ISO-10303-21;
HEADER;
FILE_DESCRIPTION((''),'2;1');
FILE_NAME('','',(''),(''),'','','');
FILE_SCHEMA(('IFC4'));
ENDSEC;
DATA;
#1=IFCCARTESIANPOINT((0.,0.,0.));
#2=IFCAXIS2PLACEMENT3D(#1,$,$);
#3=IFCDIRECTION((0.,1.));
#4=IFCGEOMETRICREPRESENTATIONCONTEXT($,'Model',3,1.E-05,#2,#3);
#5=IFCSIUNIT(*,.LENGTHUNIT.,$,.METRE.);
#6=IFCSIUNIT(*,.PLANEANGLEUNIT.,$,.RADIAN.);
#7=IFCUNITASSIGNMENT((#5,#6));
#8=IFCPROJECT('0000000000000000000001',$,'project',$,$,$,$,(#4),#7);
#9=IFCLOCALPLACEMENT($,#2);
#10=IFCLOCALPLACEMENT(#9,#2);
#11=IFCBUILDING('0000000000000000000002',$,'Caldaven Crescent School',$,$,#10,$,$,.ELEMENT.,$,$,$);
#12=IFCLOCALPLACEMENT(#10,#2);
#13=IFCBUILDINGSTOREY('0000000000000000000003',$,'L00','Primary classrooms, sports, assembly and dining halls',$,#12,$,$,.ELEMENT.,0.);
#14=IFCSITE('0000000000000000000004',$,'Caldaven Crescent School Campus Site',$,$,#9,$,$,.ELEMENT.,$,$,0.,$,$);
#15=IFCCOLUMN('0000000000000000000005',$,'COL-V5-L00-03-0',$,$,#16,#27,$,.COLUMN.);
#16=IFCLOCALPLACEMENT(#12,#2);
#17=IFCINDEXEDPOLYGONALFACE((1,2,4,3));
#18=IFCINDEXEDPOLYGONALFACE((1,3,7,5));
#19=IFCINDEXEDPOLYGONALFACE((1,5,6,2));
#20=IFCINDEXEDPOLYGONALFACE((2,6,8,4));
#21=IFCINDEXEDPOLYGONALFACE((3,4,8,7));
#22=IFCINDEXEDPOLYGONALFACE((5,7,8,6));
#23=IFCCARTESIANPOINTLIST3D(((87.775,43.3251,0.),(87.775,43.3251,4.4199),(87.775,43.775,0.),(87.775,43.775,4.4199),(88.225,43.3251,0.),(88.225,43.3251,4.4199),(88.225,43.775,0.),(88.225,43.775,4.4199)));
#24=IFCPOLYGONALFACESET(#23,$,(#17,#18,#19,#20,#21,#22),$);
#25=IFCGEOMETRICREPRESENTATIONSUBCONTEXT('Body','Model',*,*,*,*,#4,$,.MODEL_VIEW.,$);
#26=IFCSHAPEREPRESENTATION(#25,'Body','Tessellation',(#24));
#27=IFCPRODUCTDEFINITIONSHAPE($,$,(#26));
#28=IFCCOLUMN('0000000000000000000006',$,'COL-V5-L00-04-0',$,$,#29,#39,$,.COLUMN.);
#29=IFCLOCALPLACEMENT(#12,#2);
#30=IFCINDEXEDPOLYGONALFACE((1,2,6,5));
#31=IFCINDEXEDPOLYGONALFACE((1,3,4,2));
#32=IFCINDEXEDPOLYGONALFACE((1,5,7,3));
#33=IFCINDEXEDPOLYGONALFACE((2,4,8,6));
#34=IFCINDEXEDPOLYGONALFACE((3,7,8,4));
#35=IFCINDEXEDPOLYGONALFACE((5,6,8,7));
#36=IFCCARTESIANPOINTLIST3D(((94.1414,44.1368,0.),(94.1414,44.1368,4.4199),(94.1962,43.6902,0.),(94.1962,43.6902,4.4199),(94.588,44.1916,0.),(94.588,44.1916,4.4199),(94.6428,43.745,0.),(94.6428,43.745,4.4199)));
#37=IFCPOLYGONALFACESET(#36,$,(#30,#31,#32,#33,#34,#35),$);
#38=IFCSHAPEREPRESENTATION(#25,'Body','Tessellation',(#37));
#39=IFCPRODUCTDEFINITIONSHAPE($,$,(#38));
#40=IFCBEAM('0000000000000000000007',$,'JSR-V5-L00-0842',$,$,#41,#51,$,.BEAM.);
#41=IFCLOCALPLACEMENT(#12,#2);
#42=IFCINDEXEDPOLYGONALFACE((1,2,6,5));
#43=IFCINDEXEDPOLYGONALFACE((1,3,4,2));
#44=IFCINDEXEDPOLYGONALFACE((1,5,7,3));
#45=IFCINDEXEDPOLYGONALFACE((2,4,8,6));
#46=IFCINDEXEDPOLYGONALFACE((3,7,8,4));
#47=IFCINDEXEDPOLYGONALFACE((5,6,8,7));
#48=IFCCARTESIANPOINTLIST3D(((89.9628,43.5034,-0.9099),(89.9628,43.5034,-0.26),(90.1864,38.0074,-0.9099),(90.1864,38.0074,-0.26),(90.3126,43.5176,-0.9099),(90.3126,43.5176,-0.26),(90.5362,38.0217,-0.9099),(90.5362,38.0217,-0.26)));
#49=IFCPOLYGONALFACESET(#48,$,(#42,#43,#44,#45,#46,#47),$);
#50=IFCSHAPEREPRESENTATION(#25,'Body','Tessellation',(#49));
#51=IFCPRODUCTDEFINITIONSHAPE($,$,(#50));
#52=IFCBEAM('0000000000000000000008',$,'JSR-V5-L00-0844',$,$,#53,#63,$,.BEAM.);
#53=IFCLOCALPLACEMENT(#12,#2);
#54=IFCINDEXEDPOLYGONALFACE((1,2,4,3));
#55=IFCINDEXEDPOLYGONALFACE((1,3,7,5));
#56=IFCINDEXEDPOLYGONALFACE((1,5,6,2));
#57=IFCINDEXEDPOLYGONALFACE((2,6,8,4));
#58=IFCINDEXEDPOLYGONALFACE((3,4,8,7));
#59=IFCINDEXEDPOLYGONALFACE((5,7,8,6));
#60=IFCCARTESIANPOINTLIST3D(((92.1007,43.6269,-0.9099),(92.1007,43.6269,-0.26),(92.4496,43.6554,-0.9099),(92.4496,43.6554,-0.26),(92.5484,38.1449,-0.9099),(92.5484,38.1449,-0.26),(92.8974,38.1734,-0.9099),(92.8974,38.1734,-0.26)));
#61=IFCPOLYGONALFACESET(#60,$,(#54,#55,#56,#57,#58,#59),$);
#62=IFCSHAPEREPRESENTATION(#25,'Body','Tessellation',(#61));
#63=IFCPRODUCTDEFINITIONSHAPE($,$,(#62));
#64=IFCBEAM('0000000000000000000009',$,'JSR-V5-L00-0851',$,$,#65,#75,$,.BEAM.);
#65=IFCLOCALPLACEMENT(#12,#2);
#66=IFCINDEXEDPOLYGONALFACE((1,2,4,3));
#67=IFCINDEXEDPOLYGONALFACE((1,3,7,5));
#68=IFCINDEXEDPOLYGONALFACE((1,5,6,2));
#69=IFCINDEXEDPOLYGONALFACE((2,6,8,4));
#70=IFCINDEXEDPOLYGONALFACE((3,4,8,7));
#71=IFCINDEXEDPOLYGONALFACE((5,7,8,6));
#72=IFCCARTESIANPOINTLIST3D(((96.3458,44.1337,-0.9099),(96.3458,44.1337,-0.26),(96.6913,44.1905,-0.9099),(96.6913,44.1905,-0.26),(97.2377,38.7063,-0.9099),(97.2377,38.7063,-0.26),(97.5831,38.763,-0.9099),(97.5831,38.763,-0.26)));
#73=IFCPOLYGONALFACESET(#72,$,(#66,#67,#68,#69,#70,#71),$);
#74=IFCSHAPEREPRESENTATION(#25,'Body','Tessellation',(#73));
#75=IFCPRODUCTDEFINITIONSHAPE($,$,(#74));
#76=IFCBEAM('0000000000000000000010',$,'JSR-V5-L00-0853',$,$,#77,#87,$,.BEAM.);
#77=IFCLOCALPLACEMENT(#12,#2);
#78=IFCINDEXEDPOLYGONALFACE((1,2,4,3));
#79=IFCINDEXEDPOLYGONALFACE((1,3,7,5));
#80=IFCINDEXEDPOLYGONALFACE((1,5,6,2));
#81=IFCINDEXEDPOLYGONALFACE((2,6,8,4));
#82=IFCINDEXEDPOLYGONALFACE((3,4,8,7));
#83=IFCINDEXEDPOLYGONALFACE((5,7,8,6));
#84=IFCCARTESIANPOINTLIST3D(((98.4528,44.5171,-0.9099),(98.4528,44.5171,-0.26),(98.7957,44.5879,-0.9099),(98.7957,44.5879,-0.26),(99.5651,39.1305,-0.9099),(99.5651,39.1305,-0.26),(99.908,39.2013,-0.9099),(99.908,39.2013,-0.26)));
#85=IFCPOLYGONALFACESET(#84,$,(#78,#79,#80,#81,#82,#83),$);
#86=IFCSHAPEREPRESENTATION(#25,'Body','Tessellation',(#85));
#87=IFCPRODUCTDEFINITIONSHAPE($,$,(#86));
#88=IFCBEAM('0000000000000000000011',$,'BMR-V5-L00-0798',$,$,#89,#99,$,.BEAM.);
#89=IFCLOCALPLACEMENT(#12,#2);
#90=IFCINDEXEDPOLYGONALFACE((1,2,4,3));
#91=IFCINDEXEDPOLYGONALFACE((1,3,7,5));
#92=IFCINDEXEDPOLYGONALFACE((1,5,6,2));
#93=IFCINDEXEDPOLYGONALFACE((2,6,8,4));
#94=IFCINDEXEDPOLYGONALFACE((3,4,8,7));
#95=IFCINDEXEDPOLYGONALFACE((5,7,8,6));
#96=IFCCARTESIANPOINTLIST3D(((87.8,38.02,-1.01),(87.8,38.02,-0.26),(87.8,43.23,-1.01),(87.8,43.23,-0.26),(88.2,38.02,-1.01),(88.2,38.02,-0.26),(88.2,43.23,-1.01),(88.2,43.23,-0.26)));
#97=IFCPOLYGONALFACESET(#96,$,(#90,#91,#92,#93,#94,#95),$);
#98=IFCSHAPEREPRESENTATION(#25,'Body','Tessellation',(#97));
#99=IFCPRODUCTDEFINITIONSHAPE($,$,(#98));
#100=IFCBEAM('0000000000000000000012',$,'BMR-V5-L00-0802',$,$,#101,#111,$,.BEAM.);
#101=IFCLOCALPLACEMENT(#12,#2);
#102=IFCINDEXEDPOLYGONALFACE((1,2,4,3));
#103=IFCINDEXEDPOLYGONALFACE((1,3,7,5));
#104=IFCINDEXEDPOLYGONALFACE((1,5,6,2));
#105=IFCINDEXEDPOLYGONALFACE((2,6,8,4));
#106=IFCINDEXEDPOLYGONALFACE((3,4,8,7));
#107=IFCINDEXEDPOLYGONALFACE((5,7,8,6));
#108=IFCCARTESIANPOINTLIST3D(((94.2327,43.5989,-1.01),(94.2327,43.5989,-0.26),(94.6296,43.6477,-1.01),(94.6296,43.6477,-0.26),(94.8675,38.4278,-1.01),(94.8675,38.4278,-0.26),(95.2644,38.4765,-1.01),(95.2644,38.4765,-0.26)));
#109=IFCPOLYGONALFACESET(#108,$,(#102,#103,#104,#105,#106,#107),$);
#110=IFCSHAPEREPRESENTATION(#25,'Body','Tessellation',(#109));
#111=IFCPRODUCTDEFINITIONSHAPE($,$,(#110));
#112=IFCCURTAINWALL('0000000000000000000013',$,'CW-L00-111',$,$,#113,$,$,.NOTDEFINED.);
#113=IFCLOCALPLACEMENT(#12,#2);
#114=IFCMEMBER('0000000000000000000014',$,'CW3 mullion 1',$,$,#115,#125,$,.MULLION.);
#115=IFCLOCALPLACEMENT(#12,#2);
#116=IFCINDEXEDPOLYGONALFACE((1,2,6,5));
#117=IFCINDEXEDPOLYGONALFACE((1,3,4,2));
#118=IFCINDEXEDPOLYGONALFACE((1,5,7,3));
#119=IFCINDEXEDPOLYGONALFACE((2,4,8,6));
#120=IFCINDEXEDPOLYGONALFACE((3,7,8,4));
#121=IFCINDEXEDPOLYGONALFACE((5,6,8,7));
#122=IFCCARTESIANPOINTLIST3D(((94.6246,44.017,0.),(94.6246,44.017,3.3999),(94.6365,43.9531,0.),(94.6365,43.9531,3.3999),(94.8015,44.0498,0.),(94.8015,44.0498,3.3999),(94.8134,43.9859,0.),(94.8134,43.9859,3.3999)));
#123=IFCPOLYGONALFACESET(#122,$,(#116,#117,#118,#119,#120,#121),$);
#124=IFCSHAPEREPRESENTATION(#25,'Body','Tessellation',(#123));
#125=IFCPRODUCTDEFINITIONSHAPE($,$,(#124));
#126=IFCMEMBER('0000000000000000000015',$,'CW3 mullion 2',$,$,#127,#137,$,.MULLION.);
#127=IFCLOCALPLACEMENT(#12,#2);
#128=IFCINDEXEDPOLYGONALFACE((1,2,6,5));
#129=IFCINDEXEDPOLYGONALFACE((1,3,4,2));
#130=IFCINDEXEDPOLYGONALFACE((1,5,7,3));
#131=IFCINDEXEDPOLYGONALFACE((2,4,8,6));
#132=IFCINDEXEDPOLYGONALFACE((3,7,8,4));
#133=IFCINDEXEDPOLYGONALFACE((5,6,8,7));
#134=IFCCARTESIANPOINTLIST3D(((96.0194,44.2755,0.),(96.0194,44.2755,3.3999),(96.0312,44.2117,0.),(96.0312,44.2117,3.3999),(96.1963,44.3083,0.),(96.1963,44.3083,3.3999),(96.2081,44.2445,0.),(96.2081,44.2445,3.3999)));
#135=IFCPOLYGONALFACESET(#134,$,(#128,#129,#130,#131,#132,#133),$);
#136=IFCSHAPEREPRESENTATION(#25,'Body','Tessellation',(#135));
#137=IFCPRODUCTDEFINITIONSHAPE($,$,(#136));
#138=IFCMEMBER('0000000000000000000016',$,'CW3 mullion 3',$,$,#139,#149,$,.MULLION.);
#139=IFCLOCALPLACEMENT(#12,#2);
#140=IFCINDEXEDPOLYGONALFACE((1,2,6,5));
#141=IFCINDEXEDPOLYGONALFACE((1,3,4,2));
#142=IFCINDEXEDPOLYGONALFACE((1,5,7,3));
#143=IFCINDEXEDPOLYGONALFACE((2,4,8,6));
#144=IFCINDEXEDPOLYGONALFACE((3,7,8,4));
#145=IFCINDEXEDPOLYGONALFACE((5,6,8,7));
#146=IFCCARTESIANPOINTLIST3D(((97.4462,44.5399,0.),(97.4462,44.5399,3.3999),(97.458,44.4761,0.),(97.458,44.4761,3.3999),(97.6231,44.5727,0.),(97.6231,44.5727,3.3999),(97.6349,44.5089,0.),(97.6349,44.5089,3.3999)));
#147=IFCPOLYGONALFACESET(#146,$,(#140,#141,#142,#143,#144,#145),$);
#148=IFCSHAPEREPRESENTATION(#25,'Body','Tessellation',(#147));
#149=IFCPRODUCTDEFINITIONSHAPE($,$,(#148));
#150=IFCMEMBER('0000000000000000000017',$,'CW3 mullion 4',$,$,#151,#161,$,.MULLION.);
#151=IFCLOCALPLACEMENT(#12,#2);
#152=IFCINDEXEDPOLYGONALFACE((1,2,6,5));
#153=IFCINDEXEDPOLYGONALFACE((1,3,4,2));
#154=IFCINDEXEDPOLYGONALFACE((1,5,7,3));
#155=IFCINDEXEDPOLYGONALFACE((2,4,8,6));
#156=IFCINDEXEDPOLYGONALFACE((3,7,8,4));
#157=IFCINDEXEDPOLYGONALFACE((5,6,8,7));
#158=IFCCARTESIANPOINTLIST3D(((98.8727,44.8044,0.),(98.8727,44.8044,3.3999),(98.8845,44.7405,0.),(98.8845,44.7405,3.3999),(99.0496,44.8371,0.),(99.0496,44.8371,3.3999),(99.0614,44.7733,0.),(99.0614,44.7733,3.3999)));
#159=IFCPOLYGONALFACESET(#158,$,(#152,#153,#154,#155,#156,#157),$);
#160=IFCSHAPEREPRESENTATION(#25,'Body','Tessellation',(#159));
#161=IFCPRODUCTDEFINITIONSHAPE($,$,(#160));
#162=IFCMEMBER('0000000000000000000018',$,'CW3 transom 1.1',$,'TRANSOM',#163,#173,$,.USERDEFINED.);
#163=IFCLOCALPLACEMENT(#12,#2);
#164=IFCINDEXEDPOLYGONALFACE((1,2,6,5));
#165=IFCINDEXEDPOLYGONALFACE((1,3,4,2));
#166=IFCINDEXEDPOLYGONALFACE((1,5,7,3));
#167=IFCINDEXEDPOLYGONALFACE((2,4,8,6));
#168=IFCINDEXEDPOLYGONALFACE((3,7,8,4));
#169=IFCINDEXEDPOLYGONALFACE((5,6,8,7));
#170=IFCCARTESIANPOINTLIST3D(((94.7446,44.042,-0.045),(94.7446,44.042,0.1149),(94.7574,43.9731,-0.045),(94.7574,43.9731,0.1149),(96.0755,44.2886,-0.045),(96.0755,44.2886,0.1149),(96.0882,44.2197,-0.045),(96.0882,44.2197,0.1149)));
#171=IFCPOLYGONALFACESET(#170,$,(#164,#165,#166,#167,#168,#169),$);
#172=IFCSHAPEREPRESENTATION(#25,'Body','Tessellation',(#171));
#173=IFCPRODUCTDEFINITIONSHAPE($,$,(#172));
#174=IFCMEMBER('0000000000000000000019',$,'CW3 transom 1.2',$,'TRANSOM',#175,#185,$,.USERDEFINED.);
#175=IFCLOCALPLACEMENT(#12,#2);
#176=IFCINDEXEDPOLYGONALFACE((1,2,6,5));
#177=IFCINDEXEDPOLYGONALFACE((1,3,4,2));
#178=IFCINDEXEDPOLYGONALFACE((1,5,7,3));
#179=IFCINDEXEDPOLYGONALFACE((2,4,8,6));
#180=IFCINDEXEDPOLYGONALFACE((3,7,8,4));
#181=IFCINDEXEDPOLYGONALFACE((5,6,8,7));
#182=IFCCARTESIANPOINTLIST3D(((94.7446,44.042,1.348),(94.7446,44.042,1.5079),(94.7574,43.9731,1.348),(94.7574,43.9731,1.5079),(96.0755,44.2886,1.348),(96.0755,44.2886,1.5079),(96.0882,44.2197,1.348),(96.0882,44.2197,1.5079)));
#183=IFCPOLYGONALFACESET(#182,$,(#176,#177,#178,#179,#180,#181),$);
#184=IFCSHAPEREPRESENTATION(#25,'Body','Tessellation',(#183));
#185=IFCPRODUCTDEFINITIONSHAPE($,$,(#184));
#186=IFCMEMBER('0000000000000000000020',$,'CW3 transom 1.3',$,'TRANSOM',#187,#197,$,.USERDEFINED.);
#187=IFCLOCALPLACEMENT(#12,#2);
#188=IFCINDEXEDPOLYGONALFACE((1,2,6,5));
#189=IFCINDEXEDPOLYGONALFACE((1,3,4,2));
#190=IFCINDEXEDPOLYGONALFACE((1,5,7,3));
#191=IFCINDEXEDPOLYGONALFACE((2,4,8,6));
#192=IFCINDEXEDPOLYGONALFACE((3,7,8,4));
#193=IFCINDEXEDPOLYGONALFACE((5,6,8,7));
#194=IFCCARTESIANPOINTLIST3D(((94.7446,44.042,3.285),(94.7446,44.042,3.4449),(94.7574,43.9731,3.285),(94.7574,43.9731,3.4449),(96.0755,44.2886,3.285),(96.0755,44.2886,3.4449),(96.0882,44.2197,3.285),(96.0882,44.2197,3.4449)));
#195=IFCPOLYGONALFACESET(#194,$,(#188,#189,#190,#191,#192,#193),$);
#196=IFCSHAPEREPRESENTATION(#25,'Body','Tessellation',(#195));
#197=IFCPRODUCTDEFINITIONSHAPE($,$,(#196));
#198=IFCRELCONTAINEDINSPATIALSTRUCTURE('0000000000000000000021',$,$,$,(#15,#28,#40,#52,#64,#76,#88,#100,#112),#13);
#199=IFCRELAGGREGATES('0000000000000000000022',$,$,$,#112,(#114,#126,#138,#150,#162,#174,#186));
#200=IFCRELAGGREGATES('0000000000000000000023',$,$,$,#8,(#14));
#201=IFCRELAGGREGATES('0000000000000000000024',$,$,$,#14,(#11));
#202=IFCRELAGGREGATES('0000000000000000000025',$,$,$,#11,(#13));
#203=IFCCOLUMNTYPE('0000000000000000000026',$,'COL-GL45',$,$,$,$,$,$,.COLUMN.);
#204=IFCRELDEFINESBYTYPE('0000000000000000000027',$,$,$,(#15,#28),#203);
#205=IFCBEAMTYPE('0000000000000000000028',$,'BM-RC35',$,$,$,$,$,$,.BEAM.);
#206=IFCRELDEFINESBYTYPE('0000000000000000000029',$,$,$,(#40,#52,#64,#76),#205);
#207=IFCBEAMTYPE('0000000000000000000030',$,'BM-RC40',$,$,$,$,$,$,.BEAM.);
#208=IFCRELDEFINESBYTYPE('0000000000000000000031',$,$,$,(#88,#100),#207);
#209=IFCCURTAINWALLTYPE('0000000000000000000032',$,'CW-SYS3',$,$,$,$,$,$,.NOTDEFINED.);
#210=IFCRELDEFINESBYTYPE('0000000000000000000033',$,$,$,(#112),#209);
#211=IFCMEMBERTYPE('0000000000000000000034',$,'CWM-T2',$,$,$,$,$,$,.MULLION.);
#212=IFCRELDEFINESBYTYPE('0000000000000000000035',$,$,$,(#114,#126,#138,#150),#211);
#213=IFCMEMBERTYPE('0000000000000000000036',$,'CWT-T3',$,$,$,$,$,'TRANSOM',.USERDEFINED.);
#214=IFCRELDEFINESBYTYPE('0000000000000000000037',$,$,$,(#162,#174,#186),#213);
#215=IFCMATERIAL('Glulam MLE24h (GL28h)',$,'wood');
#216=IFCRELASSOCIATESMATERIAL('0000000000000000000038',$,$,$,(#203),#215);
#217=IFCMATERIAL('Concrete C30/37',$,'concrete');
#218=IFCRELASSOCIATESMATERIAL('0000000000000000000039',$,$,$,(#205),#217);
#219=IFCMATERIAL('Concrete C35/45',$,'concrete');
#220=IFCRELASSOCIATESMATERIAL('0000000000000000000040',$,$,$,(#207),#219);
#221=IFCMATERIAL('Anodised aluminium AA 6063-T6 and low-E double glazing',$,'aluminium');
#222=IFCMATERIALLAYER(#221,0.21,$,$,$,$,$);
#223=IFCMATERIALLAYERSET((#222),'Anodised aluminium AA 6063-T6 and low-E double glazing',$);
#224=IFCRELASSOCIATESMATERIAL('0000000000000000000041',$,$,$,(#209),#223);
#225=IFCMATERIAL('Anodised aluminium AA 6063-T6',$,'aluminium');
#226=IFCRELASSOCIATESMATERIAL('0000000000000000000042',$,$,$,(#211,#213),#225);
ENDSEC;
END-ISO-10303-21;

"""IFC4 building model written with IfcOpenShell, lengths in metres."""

from ifc_helpers import new_model, si_unit, direction, frame, origin, origin_2d, place, context, subcontext, project, spatial, rectangle, extrude, material, layer, layer_set, material_profile, profile_set, type_object, element, aggregate, save


model = new_model("IFC4")

# Units and contexts
model_context = context("Model", 3, precision=1e-05, world=origin(), true_north=direction((0.0, 1.0)))
body_context = subcontext(model_context, "Body", "Model", "MODEL_VIEW")
ifc_project = project(units=[si_unit("LENGTHUNIT", "METRE"), si_unit("PLANEANGLEUNIT", "RADIAN")], contexts=[model_context])

# Site, building, storey
site_placement = place(None, origin())
site = spatial("IfcSite", under=ifc_project, at=site_placement, Name="Caldaven Crescent School Campus Site", CompositionType="ELEMENT", RefElevation=0.0)
building_placement = place(site_placement, origin())
building = spatial("IfcBuilding", under=site, at=building_placement, Name="Caldaven Crescent School", CompositionType="ELEMENT")
storey_placement = place(building_placement, origin())
storey = spatial("IfcBuildingStorey", under=building, at=storey_placement, Name="L00", Description="Primary classrooms, sports, assembly and dining halls", CompositionType="ELEMENT", Elevation=0.0)

# Columns
ifc_material_1 = material(Name="Glulam MLE24h (GL28h)", Category="wood")
ifc_material_profile_1 = material_profile(ifc_material_1, rectangle(XDim=0.45, YDim=0.45, at=origin_2d()), Name="MLE 450x450")
ifc_profile_set_1 = profile_set([ifc_material_profile_1], Name="Glulam MLE24h (GL28h)")
column_type = type_object("IfcColumnType", Name="COL-GL45", PredefinedType="COLUMN", material=ifc_profile_set_1)
for number, where, z_axis, x_axis, name in (
    (1, (88.0, 43.55, 0.0), (0.0, 0.0, 1.0), (0.0, -1.0, 0.0), "COL-V5-L00-03-0"),
    (2, (94.3921, 43.9409, 0.0), (0.0, 0.0, 1.0), (0.121869, -0.992546, 0.0), "COL-V5-L00-04-0"),
):
    element("IfcColumn", number, at=place(storey_placement, frame(where, z_axis=z_axis, x_axis=x_axis)), inside=storey, type_object=column_type, Name=name, PredefinedType="COLUMN", context=body_context, shape_type="SweptSolid", body=[
        extrude(rectangle(XDim=0.45, YDim=0.45, at=origin_2d()), origin(), (0.0, 0.0, 1.0), 4.4199),
    ])

# Beams
ifc_material_2 = material(Name="Concrete C30/37", Category="concrete")
ifc_material_profile_2 = material_profile(ifc_material_2, rectangle(XDim=0.3501, YDim=0.6499, at=origin_2d()), Name="RC 350x650")
ifc_profile_set_2 = profile_set([ifc_material_profile_2], Name="Concrete C30/37")
beam_type_1 = type_object("IfcBeamType", Name="BM-RC35", PredefinedType="BEAM", material=ifc_profile_set_2)
beam_1_placement = place(storey_placement, frame((90.1377, 43.5105, -0.585), z_axis=(0.040658, -0.999173, 0.0), x_axis=(0.999173, 0.040658, 0.0)))
element("IfcBeam", 3, at=beam_1_placement, inside=storey, type_object=beam_type_1, Name="JSR-V5-L00-0842", PredefinedType="BEAM", context=body_context, shape_type="SweptSolid", body=[
    extrude(rectangle(XDim=0.3501, YDim=0.6499, at=origin_2d()), origin(), (0.0, 0.0, 1.0), 5.5005),
])
for number, where, z_axis, x_axis, name in (
    (4, (92.2751, 43.6411, -0.585), (0.081407, -0.996681, 0.0), (0.996681, 0.081407, 0.0), "JSR-V5-L00-0844"),
    (5, (96.5186, 44.1621, -0.585), (0.162146, -0.986767, 0.0), (0.986767, 0.162146, 0.0), "JSR-V5-L00-0851"),
    (6, (98.6243, 44.5525, -0.585), (0.202224, -0.979339, 0.0), (0.979339, 0.202224, 0.0), "JSR-V5-L00-0853"),
):
    element("IfcBeam", number, at=place(storey_placement, frame(where, z_axis=z_axis, x_axis=x_axis)), inside=storey, type_object=beam_type_1, Name=name, PredefinedType="BEAM", context=body_context, shape_type="SweptSolid", body=[
        extrude(rectangle(XDim=0.3501, YDim=0.6499, at=origin_2d()), origin(), (0.0, 0.0, 1.0), 5.5002),
    ])
ifc_material_3 = material(Name="Concrete C35/45", Category="concrete")
ifc_material_profile_3 = material_profile(ifc_material_3, rectangle(XDim=0.3999, YDim=0.75, at=origin_2d()), Name="RC 400x750")
ifc_profile_set_3 = profile_set([ifc_material_profile_3], Name="Concrete C35/45")
beam_type_2 = type_object("IfcBeamType", Name="BM-RC40", PredefinedType="BEAM", material=ifc_profile_set_3)
for number, where, z_axis, x_axis, name in (
    (7, (88.0, 43.23, -0.635), (0.0, -1.0, 0.0), (1.0, 0.0, 0.0), "BMR-V5-L00-0798"),
    (8, (94.4312, 43.6233, -0.635), (0.121837, -0.99255, 0.0), (0.99255, 0.121837, 0.0), "BMR-V5-L00-0802"),
):
    element("IfcBeam", number, at=place(storey_placement, frame(where, z_axis=z_axis, x_axis=x_axis)), inside=storey, type_object=beam_type_2, Name=name, PredefinedType="BEAM", context=body_context, shape_type="SweptSolid", body=[
        extrude(rectangle(XDim=0.3999, YDim=0.75, at=origin_2d()), origin(), (0.0, 0.0, 1.0), 5.21),
    ])

# Curtain wall, members
ifc_material_4 = material(Name="Anodised aluminium AA 6063-T6 and low-E double glazing", Category="aluminium")
ifc_layer_1 = layer(ifc_material_4, 0.21)
ifc_layer_set_1 = layer_set([ifc_layer_1], Name="Anodised aluminium AA 6063-T6 and low-E double glazing")
curtain_wall_type = type_object("IfcCurtainWallType", Name="CW-SYS3", PredefinedType="NOTDEFINED", material=ifc_layer_set_1)
curtain_wall_placement = place(storey_placement, origin())
curtain_wall = element("IfcCurtainWall", 9, at=curtain_wall_placement, inside=storey, type_object=curtain_wall_type, Name="CW-L00-111", PredefinedType="NOTDEFINED")
ifc_material_5 = material(Name="Anodised aluminium AA 6063-T6", Category="aluminium")
ifc_material_profile_4 = material_profile(ifc_material_5, rectangle(XDim=0.0649, YDim=0.1799, at=origin_2d()), Name="CWM 65x180")
ifc_profile_set_4 = profile_set([ifc_material_profile_4], Name="Anodised aluminium AA 6063-T6")
member_type_1 = type_object("IfcMemberType", Name="CWM-T2", PredefinedType="MULLION", material=ifc_profile_set_4)
member_1_placement = place(storey_placement, frame((94.719, 44.0015, 0.0), z_axis=(0.0, 0.0, 1.0), x_axis=(-0.182236, 0.983255, 0.0)))
member_1 = element("IfcMember", 10, at=member_1_placement, type_object=member_type_1, Name="CW3 mullion 1", PredefinedType="MULLION", context=body_context, shape_type="SweptSolid", body=[
    extrude(rectangle(XDim=0.0649, YDim=0.1799, at=origin_2d()), origin(), (0.0, 0.0, 1.0), 3.3999),
])
member_2_placement = place(storey_placement, frame((96.1138, 44.26, 0.0), z_axis=(0.0, 0.0, 1.0), x_axis=(-0.182236, 0.983255, 0.0)))
member_2 = element("IfcMember", 11, at=member_2_placement, type_object=member_type_1, Name="CW3 mullion 2", PredefinedType="MULLION", context=body_context, shape_type="SweptSolid", body=[
    extrude(rectangle(XDim=0.0649, YDim=0.1799, at=origin_2d()), origin(), (0.0, 0.0, 1.0), 3.3999),
])
member_3_placement = place(storey_placement, frame((97.5405, 44.5244, 0.0), z_axis=(0.0, 0.0, 1.0), x_axis=(-0.182236, 0.983255, 0.0)))
member_3 = element("IfcMember", 12, at=member_3_placement, type_object=member_type_1, Name="CW3 mullion 3", PredefinedType="MULLION", context=body_context, shape_type="SweptSolid", body=[
    extrude(rectangle(XDim=0.0649, YDim=0.1799, at=origin_2d()), origin(), (0.0, 0.0, 1.0), 3.3999),
])
member_4_placement = place(storey_placement, frame((98.967, 44.7888, 0.0), z_axis=(0.0, 0.0, 1.0), x_axis=(-0.182236, 0.983255, 0.0)))
member_4 = element("IfcMember", 13, at=member_4_placement, type_object=member_type_1, Name="CW3 mullion 4", PredefinedType="MULLION", context=body_context, shape_type="SweptSolid", body=[
    extrude(rectangle(XDim=0.0649, YDim=0.1799, at=origin_2d()), origin(), (0.0, 0.0, 1.0), 3.3999),
])
ifc_material_profile_5 = material_profile(ifc_material_5, rectangle(XDim=0.0701, YDim=0.1599, at=origin_2d()), Name="CWT 70x160")
ifc_profile_set_5 = profile_set([ifc_material_profile_5], Name="Anodised aluminium AA 6063-T6")
member_type_2 = type_object("IfcMemberType", Name="CWT-T3", ElementType="TRANSOM", PredefinedType="USERDEFINED", material=ifc_profile_set_5)
member_5_placement = place(storey_placement, frame((94.751, 44.0076, 0.0349), z_axis=(0.983264, 0.182186, 0.0), x_axis=(-0.182186, 0.983264, 0.0)))
member_5 = element("IfcMember", 14, at=member_5_placement, type_object=member_type_2, Name="CW3 transom 1.1", ObjectType="TRANSOM", PredefinedType="USERDEFINED", context=body_context, shape_type="SweptSolid", body=[
    extrude(rectangle(XDim=0.0701, YDim=0.1599, at=origin_2d()), origin(), (0.0, 0.0, 1.0), 1.3535),
])
member_6_placement = place(storey_placement, frame((94.751, 44.0076, 1.428), z_axis=(0.983264, 0.182186, 0.0), x_axis=(-0.182186, 0.983264, 0.0)))
member_6 = element("IfcMember", 15, at=member_6_placement, type_object=member_type_2, Name="CW3 transom 1.2", ObjectType="TRANSOM", PredefinedType="USERDEFINED", context=body_context, shape_type="SweptSolid", body=[
    extrude(rectangle(XDim=0.0701, YDim=0.1599, at=origin_2d()), origin(), (0.0, 0.0, 1.0), 1.3535),
])
member_7_placement = place(storey_placement, frame((94.751, 44.0076, 3.365), z_axis=(0.983264, 0.182186, 0.0), x_axis=(-0.182186, 0.983264, 0.0)))
member_7 = element("IfcMember", 16, at=member_7_placement, type_object=member_type_2, Name="CW3 transom 1.3", ObjectType="TRANSOM", PredefinedType="USERDEFINED", context=body_context, shape_type="SweptSolid", body=[
    extrude(rectangle(XDim=0.0701, YDim=0.1599, at=origin_2d()), origin(), (0.0, 0.0, 1.0), 1.3535),
])

aggregate(curtain_wall, [member_1, member_2, member_3, member_4, member_5, member_6, member_7])

save(model, "model.ifc")
